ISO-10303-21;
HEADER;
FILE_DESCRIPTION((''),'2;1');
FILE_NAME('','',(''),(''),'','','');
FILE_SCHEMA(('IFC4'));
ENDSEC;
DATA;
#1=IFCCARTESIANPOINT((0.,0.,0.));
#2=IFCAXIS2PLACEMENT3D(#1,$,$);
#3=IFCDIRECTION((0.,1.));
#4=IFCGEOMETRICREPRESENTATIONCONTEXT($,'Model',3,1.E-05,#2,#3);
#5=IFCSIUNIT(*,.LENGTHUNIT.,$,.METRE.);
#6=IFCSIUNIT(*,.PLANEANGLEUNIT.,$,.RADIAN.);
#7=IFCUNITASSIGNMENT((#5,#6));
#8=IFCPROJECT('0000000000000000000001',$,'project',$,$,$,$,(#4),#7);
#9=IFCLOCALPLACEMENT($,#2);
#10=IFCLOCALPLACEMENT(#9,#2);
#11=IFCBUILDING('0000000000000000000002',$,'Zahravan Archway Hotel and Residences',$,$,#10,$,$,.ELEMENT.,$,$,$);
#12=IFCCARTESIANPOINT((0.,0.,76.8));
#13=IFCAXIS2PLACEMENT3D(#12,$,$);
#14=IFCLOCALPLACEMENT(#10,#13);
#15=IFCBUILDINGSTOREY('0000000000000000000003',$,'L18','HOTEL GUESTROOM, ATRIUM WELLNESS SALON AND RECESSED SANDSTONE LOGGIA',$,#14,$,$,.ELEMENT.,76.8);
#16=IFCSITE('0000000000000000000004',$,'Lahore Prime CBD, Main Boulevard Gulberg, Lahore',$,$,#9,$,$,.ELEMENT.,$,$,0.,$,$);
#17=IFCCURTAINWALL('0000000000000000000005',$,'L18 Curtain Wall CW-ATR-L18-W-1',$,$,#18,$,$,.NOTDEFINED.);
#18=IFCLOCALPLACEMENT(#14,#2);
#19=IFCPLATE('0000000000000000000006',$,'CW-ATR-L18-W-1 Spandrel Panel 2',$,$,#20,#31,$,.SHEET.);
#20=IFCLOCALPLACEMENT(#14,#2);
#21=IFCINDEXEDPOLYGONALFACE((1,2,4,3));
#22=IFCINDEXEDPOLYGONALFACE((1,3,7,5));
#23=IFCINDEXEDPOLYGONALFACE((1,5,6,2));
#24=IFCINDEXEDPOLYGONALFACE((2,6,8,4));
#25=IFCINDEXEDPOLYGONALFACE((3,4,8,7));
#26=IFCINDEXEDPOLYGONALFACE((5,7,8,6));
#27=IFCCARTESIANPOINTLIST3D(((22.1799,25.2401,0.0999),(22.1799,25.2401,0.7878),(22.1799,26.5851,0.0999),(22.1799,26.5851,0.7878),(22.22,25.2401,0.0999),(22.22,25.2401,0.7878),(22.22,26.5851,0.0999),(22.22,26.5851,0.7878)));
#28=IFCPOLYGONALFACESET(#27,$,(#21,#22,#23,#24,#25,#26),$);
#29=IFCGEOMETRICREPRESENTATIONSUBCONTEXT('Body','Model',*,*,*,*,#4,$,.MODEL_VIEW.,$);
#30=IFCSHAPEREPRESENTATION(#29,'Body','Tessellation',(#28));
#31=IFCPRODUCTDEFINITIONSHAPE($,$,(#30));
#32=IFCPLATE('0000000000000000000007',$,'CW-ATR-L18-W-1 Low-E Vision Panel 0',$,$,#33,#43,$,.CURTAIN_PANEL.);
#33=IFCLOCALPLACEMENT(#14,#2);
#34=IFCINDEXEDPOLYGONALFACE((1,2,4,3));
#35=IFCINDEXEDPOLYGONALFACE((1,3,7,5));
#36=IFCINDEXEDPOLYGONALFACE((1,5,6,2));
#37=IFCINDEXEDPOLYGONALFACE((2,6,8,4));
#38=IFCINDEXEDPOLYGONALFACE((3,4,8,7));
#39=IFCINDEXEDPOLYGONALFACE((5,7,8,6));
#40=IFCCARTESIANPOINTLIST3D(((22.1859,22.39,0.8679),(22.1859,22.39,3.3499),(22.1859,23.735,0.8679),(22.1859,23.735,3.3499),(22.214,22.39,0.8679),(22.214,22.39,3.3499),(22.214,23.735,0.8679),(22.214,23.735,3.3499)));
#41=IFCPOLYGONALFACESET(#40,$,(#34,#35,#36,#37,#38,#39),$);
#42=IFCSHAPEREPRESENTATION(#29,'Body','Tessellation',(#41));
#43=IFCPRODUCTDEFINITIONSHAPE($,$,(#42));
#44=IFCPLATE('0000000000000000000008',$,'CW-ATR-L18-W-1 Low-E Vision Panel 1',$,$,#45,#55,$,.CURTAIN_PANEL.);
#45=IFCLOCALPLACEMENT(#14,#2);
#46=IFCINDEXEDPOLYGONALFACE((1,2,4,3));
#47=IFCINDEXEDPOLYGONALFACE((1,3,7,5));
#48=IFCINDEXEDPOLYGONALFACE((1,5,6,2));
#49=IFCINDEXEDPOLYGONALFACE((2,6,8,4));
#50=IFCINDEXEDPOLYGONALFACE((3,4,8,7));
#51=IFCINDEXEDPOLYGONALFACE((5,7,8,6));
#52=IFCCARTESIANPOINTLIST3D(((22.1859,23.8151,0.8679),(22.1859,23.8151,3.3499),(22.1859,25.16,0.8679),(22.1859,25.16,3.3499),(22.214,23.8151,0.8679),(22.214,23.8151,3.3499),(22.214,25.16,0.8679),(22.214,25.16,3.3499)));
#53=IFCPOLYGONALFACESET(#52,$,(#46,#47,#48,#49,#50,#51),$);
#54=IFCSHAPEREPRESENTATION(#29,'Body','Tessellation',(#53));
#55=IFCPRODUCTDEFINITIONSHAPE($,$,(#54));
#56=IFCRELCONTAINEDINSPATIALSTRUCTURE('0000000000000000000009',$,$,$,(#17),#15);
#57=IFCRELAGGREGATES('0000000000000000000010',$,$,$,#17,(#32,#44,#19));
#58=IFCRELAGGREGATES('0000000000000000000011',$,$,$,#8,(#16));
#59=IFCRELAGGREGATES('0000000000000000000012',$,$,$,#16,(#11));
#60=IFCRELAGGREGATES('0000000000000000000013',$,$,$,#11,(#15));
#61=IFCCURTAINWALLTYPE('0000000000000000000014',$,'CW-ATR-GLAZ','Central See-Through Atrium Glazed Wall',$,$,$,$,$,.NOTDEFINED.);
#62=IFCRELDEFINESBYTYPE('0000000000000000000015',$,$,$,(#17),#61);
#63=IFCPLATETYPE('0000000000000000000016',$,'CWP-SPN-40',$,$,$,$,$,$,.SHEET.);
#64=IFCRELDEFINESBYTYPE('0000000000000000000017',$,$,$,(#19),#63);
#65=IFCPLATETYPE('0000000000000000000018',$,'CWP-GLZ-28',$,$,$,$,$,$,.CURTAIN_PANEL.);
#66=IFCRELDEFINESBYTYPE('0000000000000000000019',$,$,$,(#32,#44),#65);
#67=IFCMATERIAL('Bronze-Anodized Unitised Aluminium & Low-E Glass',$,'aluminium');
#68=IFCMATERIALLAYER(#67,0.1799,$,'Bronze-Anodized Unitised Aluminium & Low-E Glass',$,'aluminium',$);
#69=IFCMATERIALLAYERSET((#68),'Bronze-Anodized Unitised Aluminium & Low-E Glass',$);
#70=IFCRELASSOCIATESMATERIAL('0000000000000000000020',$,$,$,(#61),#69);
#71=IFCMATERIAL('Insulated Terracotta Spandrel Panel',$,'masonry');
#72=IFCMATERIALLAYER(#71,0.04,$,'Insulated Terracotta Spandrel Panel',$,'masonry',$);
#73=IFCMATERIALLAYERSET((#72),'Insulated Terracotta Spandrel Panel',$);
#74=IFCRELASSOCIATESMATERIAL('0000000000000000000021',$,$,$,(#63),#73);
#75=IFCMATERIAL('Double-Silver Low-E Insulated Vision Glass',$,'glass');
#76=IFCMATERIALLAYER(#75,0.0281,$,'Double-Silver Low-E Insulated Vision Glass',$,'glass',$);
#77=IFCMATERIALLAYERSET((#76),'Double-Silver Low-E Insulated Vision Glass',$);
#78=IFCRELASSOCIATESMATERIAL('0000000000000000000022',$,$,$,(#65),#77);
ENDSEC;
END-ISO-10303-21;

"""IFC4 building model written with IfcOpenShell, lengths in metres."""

from ifc_helpers import new_model, si_unit, direction, frame, origin, origin_2d, place, context, subcontext, project, spatial, rectangle, extrude, source, transform, mapped, material, layer, layer_set, type_object, element, aggregate, save


model = new_model("IFC4")

# Units and contexts
model_context = context("Model", 3, precision=1e-05, world=origin(), true_north=direction((0.0, 1.0)))
body_context = subcontext(model_context, "Body", "Model", "MODEL_VIEW")
ifc_project = project(units=[si_unit("LENGTHUNIT", "METRE"), si_unit("PLANEANGLEUNIT", "RADIAN")], contexts=[model_context])

# Site, building, storey
site_placement = place(None, origin())
site = spatial("IfcSite", under=ifc_project, at=site_placement, Name="Lahore Prime CBD, Main Boulevard Gulberg, Lahore", CompositionType="ELEMENT", RefElevation=0.0)
building_placement = place(site_placement, origin())
building = spatial("IfcBuilding", under=site, at=building_placement, Name="Zahravan Archway Hotel and Residences", CompositionType="ELEMENT")
storey_placement = place(building_placement, frame((0.0, 0.0, 76.8)))
storey = spatial("IfcBuildingStorey", under=building, at=storey_placement, Name="L18", Description="HOTEL GUESTROOM, ATRIUM WELLNESS SALON AND RECESSED SANDSTONE LOGGIA", CompositionType="ELEMENT", Elevation=76.8)

# Curtain wall
ifc_material_1 = material(Name="Bronze-Anodized Unitised Aluminium & Low-E Glass", Category="aluminium")
ifc_layer_1 = layer(ifc_material_1, 0.1799, Name="Bronze-Anodized Unitised Aluminium & Low-E Glass", Category="aluminium")
ifc_layer_set_1 = layer_set([ifc_layer_1], Name="Bronze-Anodized Unitised Aluminium & Low-E Glass")
curtain_wall_type = type_object("IfcCurtainWallType", Name="CW-ATR-GLAZ", Description="Central See-Through Atrium Glazed Wall", PredefinedType="NOTDEFINED", material=ifc_layer_set_1)
curtain_wall_1_placement = place(storey_placement, origin())
curtain_wall_1 = element("IfcCurtainWall", 1, at=curtain_wall_1_placement, inside=storey, type_object=curtain_wall_type, Name="L18 Curtain Wall CW-ATR-L18-W-1", PredefinedType="NOTDEFINED")

# Plates
ifc_material_2 = material(Name="Insulated Terracotta Spandrel Panel", Category="masonry")
ifc_layer_2 = layer(ifc_material_2, 0.04, Name="Insulated Terracotta Spandrel Panel", Category="masonry")
ifc_layer_set_2 = layer_set([ifc_layer_2], Name="Insulated Terracotta Spandrel Panel")
plate_type_1 = type_object("IfcPlateType", Name="CWP-SPN-40", PredefinedType="SHEET", material=ifc_layer_set_2)
ifc_material_3 = material(Name="Double-Silver Low-E Insulated Vision Glass", Category="glass")
ifc_layer_3 = layer(ifc_material_3, 0.0281, Name="Double-Silver Low-E Insulated Vision Glass", Category="glass")
ifc_layer_set_3 = layer_set([ifc_layer_3], Name="Double-Silver Low-E Insulated Vision Glass")
plate_type_2 = type_object("IfcPlateType", Name="CWP-GLZ-28", PredefinedType="CURTAIN_PANEL", material=ifc_layer_set_3)
shared_shape_1 = source(origin(), body_context, "Body", "SweptSolid", [
    extrude(rectangle(XDim=1.345, YDim=0.04, at=origin_2d()), origin(), (0.0, 0.0, 1.0), 0.688),
])
plate_1_placement = place(storey_placement, frame((22.2, 25.9126, 0.0999), z_axis=(0.0, 0.0, 1.0), x_axis=(0.0, 1.0, 0.0)))
plate_1 = element("IfcPlate", 2, at=plate_1_placement, type_object=plate_type_1, Name="CW-ATR-L18-W-1 Spandrel Panel 2", PredefinedType="SHEET", context=body_context, shape_type="MappedRepresentation", body=[
    mapped(shared_shape_1, transform((0.0, 0.0, 0.0), scale=1.0)),
])
shared_shape_2 = source(origin(), body_context, "Body", "SweptSolid", [
    extrude(rectangle(XDim=1.345, YDim=0.0281, at=origin_2d()), origin(), (0.0, 0.0, 1.0), 2.4819),
])
plate_2_placement = place(storey_placement, frame((22.2, 23.0625, 0.8679), z_axis=(0.0, 0.0, 1.0), x_axis=(0.0, 1.0, 0.0)))
plate_2 = element("IfcPlate", 3, at=plate_2_placement, type_object=plate_type_2, Name="CW-ATR-L18-W-1 Low-E Vision Panel 0", PredefinedType="CURTAIN_PANEL", context=body_context, shape_type="MappedRepresentation", body=[
    mapped(shared_shape_2, transform((0.0, 0.0, 0.0), scale=1.0)),
])
plate_3_placement = place(storey_placement, frame((22.2, 24.4875, 0.8679), z_axis=(0.0, 0.0, 1.0), x_axis=(0.0, 1.0, 0.0)))
plate_3 = element("IfcPlate", 4, at=plate_3_placement, type_object=plate_type_2, Name="CW-ATR-L18-W-1 Low-E Vision Panel 1", PredefinedType="CURTAIN_PANEL", context=body_context, shape_type="MappedRepresentation", body=[
    mapped(shared_shape_2, transform((0.0, 0.0, 0.0), scale=1.0)),
])
aggregate(curtain_wall_1, [plate_2, plate_3, plate_1])

save(model, "model.ifc")
